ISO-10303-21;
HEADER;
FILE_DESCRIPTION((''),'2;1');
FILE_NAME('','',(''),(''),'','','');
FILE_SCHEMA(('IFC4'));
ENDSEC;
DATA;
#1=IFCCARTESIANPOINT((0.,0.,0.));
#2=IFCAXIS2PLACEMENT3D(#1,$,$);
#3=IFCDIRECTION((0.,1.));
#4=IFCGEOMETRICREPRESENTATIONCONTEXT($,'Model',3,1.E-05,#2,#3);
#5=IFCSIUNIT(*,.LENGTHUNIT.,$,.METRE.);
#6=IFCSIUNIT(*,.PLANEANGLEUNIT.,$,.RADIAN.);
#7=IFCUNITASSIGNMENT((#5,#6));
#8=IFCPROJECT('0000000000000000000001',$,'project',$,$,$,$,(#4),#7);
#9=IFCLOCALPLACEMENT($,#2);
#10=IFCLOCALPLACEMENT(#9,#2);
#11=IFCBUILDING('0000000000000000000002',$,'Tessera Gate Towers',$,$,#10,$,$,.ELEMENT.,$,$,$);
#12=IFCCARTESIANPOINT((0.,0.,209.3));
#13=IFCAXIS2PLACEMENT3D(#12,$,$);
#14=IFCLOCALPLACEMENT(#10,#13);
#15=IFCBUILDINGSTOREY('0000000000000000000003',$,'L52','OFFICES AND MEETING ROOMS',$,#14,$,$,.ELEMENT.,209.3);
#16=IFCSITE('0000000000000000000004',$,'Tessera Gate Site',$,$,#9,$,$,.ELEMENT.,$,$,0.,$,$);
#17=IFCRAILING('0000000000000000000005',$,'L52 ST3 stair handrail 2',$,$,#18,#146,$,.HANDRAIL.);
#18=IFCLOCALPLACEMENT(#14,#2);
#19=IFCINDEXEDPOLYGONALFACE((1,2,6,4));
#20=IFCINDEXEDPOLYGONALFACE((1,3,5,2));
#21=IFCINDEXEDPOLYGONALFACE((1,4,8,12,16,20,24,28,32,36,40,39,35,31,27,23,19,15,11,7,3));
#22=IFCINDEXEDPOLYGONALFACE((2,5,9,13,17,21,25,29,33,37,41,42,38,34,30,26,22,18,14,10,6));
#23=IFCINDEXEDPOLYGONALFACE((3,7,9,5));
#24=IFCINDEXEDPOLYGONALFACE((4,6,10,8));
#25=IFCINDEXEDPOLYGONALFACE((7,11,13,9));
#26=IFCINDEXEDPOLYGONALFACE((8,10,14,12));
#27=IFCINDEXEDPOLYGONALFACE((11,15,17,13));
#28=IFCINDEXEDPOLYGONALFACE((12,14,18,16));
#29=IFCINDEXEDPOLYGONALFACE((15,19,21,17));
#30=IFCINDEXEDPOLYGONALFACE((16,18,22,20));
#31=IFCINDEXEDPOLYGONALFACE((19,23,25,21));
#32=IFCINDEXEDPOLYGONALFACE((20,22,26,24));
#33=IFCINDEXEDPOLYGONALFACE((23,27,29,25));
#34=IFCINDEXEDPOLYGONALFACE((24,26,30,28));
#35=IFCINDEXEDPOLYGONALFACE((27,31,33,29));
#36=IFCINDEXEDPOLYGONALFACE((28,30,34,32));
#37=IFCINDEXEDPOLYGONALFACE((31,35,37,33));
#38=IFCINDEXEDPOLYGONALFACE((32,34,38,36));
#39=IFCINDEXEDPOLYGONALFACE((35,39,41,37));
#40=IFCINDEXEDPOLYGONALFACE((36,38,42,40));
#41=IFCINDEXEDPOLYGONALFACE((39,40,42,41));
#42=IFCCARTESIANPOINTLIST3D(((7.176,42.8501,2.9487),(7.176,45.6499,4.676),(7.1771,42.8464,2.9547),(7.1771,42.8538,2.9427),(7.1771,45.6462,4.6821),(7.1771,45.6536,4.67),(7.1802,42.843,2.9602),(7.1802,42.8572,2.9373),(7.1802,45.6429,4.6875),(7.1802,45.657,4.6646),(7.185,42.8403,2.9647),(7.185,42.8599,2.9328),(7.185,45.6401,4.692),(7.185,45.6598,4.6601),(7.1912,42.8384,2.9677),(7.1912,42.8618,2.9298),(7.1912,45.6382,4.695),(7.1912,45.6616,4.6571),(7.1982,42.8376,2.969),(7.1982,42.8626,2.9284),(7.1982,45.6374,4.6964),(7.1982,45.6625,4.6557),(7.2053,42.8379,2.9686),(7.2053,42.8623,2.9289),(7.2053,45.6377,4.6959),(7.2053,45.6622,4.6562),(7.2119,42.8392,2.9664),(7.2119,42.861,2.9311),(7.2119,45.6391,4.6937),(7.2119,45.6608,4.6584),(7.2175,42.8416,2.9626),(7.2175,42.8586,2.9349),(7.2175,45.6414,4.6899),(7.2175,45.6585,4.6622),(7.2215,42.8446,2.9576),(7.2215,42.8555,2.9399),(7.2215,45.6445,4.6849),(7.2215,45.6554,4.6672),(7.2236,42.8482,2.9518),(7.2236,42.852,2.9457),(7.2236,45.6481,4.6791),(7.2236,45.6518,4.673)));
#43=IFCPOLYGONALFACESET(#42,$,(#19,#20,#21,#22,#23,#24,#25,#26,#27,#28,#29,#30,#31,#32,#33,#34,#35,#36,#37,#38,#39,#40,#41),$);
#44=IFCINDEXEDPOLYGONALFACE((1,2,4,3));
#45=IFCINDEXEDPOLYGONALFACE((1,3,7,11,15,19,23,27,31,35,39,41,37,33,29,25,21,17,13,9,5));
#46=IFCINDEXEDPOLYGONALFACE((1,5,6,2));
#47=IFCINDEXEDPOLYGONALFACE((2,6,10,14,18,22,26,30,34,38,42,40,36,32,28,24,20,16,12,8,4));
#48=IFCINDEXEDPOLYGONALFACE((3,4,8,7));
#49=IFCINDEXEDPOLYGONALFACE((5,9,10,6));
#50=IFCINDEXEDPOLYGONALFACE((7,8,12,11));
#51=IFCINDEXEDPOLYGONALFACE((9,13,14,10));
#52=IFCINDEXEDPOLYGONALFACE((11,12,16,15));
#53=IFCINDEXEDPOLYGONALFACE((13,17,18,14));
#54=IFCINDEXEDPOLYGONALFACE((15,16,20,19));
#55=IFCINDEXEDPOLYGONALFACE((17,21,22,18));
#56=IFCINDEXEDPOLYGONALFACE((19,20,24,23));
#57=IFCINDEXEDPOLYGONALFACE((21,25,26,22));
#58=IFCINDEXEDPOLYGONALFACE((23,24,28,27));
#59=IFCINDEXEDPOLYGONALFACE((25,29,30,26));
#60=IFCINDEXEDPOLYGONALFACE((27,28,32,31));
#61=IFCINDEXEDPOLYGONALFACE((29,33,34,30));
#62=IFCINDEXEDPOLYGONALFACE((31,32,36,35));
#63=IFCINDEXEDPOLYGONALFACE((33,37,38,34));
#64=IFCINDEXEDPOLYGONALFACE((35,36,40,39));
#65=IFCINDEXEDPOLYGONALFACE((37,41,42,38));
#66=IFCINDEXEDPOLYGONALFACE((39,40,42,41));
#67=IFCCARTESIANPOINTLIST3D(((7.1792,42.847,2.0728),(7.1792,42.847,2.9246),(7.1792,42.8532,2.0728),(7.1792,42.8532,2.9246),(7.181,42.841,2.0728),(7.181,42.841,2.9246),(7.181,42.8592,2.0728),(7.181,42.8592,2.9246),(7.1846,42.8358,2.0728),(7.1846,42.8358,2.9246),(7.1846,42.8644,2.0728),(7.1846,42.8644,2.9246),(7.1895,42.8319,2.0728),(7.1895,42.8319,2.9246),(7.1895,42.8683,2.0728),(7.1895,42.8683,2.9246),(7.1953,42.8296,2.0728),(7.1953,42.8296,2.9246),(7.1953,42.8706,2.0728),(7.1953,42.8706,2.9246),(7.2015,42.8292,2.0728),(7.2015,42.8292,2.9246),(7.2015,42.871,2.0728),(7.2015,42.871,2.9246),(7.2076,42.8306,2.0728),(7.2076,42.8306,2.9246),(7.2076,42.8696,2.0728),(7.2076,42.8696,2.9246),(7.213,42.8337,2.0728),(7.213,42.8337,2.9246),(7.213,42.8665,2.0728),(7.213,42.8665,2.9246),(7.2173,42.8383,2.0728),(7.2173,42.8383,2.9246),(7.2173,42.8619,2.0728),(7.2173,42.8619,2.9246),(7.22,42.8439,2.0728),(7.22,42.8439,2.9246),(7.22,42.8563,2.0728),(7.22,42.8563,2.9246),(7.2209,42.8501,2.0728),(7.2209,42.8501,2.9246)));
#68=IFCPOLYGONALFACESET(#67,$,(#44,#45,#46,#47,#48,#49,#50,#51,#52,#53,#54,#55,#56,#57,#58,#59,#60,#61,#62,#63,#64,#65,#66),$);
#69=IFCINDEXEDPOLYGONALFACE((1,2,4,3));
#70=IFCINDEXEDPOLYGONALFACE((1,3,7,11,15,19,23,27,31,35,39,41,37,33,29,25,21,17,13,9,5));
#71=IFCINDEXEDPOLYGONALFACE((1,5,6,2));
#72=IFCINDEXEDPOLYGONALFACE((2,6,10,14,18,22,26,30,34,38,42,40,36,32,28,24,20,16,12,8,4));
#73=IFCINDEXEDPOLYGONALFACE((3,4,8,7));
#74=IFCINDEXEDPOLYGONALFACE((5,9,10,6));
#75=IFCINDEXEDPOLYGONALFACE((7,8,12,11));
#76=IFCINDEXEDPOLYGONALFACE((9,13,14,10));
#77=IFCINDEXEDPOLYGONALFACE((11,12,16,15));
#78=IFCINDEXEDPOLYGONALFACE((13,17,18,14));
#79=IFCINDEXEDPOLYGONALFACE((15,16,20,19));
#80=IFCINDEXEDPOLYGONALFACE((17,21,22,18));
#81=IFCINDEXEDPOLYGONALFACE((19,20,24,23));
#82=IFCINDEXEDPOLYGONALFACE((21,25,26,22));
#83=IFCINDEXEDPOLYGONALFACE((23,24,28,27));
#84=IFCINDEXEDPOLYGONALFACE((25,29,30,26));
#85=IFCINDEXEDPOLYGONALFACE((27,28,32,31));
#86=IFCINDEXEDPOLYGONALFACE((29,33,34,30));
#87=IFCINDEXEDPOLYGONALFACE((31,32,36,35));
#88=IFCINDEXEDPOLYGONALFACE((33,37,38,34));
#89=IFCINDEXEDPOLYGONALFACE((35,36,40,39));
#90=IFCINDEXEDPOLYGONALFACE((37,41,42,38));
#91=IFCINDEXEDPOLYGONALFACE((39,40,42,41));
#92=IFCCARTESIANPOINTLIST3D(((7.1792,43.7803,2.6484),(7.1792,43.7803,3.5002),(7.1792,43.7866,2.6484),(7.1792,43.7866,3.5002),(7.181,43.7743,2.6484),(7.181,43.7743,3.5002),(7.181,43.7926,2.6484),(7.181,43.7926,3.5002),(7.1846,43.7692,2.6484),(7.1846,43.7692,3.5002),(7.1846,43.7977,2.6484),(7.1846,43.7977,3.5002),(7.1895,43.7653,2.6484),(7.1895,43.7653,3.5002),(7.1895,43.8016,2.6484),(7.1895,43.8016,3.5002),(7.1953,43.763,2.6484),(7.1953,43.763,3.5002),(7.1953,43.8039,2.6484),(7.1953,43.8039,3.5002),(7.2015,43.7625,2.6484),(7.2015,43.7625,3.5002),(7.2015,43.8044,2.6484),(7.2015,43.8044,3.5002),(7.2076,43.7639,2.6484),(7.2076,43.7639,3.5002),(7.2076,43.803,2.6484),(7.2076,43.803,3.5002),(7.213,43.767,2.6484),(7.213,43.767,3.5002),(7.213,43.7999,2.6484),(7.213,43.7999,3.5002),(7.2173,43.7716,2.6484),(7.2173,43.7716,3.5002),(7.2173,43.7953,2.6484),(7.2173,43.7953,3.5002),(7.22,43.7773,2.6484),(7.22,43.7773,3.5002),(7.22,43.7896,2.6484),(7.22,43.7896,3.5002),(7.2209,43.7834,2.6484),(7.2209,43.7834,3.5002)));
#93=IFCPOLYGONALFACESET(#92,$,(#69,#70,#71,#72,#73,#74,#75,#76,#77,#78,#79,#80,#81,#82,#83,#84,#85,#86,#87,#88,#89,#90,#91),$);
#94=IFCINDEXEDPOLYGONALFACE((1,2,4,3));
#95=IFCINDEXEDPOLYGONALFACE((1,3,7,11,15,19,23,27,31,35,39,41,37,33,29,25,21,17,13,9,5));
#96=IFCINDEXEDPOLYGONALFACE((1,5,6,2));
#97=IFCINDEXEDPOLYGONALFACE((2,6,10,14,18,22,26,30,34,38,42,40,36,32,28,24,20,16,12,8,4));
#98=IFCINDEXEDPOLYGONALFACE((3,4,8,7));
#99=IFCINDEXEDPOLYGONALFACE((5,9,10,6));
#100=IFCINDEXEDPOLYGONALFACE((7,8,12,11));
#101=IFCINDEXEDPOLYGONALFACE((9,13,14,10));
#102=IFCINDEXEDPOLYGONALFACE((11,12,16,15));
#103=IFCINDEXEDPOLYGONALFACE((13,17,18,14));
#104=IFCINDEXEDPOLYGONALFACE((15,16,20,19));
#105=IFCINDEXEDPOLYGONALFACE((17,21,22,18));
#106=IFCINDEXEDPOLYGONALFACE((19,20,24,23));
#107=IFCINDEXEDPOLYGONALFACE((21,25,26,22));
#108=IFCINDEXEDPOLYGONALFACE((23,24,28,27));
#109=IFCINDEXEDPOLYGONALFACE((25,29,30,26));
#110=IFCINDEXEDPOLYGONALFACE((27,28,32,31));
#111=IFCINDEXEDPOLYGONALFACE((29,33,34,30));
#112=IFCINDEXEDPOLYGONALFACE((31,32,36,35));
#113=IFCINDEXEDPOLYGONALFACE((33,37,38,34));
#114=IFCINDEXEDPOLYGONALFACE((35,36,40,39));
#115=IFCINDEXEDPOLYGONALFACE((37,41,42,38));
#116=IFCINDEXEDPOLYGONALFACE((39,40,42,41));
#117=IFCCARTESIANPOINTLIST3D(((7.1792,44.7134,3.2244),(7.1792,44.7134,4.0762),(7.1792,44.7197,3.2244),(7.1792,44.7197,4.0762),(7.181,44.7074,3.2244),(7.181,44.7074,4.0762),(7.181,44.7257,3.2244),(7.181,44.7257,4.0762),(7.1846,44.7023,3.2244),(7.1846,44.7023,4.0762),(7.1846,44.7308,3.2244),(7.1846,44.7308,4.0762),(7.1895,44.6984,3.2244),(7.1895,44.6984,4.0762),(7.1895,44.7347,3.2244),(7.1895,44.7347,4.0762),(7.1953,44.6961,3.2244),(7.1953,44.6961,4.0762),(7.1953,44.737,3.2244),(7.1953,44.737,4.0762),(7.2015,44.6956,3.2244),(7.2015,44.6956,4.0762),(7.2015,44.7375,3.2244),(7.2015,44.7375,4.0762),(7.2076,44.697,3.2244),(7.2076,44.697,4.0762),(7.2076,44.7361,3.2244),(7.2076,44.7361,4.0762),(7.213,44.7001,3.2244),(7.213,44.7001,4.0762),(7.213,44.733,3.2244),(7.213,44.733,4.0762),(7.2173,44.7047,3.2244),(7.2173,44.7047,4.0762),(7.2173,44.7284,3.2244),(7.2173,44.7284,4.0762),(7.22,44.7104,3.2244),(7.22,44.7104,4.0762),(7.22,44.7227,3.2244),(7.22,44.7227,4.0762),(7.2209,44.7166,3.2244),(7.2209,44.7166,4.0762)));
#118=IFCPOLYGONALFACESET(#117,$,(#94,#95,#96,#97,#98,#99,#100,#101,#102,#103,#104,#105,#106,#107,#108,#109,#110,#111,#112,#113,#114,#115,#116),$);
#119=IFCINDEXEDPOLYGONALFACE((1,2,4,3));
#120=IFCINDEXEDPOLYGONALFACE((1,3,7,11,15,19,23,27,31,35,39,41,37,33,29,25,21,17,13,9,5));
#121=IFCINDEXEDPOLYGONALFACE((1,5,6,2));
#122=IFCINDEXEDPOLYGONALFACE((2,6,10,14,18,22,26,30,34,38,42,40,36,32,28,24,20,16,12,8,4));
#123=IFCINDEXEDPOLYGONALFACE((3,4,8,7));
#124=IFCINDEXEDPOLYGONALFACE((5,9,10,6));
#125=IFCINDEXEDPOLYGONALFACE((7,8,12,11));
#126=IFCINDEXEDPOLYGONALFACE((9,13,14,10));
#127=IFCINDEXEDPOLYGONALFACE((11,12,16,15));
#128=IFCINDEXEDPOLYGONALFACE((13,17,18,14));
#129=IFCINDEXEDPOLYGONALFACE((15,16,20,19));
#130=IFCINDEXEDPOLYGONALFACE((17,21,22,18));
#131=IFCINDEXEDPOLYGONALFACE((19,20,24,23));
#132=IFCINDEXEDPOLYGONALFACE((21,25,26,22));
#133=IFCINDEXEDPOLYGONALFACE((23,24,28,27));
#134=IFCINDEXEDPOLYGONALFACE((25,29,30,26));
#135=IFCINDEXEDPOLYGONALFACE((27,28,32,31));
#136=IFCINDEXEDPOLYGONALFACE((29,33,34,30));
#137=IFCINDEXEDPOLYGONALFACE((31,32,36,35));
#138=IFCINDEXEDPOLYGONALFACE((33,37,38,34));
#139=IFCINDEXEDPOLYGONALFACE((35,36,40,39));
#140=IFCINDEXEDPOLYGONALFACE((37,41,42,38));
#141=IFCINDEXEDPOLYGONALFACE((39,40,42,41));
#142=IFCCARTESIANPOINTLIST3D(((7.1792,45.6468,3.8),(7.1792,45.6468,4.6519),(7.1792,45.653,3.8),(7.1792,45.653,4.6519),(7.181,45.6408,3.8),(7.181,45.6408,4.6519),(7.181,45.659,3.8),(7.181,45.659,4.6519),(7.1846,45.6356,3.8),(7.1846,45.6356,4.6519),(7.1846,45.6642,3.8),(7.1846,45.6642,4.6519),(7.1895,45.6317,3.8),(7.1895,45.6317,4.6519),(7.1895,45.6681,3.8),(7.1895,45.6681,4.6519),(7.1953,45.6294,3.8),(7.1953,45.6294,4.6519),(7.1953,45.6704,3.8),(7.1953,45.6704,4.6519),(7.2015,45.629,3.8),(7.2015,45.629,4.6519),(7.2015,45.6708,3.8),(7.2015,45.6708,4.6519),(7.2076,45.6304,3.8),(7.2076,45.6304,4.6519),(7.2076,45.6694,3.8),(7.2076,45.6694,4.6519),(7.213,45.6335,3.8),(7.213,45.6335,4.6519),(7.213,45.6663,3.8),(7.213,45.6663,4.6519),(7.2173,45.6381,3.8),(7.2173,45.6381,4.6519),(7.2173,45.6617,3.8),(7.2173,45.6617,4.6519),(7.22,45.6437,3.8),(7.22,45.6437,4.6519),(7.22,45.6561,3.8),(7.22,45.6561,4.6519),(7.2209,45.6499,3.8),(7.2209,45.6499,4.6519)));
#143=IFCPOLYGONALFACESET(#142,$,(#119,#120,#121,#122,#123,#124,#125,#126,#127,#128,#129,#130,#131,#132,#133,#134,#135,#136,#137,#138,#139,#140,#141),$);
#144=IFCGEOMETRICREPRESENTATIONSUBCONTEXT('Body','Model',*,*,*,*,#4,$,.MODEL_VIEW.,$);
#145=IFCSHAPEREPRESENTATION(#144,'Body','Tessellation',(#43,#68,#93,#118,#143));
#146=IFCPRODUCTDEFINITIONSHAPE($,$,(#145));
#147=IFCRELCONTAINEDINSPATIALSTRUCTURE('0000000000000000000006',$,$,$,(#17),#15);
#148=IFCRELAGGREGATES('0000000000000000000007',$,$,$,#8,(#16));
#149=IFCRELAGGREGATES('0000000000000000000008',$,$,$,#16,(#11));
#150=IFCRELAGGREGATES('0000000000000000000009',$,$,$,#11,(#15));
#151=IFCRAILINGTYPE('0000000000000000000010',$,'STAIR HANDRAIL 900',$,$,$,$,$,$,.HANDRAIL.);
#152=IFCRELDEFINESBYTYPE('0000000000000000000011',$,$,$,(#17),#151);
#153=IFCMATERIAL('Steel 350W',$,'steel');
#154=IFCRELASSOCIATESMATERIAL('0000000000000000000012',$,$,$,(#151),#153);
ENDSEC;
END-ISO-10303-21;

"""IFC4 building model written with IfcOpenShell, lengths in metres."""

from ifc_helpers import new_model, si_unit, direction, frame, origin, origin_2d, place, context, subcontext, project, spatial, circle, extrude, material, type_object, element, save


model = new_model("IFC4")

# Units and contexts
model_context = context("Model", 3, precision=1e-05, world=origin(), true_north=direction((0.0, 1.0)))
body_context = subcontext(model_context, "Body", "Model", "MODEL_VIEW")
ifc_project = project(units=[si_unit("LENGTHUNIT", "METRE"), si_unit("PLANEANGLEUNIT", "RADIAN")], contexts=[model_context])

# Site, building, storey
site_placement = place(None, origin())
site = spatial("IfcSite", under=ifc_project, at=site_placement, Name="Tessera Gate Site", CompositionType="ELEMENT", RefElevation=0.0)
building_placement = place(site_placement, origin())
building = spatial("IfcBuilding", under=site, at=building_placement, Name="Tessera Gate Towers", CompositionType="ELEMENT")
storey_placement = place(building_placement, frame((0.0, 0.0, 209.3)))
storey = spatial("IfcBuildingStorey", under=building, at=storey_placement, Name="L52", Description="OFFICES AND MEETING ROOMS", CompositionType="ELEMENT", Elevation=209.3)

# Railing
ifc_material_1 = material(Name="Steel 350W", Category="steel")
railing_type_1 = type_object("IfcRailingType", Name="STAIR HANDRAIL 900", PredefinedType="HANDRAIL", material=ifc_material_1)
railing_1_placement = place(storey_placement, frame((7.2, 42.8501, 2.0728)))
element("IfcRailing", 1, at=railing_1_placement, inside=storey, type_object=railing_type_1, Name="L52 ST3 stair handrail 2", PredefinedType="HANDRAIL", context=body_context, shape_type="SweptSolid", body=[
    extrude(circle(Radius=0.0239, at=origin_2d()), frame((0.0, 0.0, 0.876), z_axis=(0.0, 0.851069, 0.525054), x_axis=(-1.0, 0.0, 0.0)), (0.0, 0.0, 1.0), 3.2898),
    extrude(circle(Radius=0.021, at=origin_2d()), origin(), (0.0, 0.0, 1.0), 0.8518),
    extrude(circle(Radius=0.021, at=origin_2d()), frame((0.0, 0.9333, 0.5757)), (0.0, 0.0, 1.0), 0.8518),
    extrude(circle(Radius=0.021, at=origin_2d()), frame((0.0, 1.8665, 1.1516)), (0.0, 0.0, 1.0), 0.8518),
    extrude(circle(Radius=0.021, at=origin_2d()), frame((0.0, 2.7998, 1.7273)), (0.0, 0.0, 1.0), 0.8518),
])

save(model, "model.ifc")
